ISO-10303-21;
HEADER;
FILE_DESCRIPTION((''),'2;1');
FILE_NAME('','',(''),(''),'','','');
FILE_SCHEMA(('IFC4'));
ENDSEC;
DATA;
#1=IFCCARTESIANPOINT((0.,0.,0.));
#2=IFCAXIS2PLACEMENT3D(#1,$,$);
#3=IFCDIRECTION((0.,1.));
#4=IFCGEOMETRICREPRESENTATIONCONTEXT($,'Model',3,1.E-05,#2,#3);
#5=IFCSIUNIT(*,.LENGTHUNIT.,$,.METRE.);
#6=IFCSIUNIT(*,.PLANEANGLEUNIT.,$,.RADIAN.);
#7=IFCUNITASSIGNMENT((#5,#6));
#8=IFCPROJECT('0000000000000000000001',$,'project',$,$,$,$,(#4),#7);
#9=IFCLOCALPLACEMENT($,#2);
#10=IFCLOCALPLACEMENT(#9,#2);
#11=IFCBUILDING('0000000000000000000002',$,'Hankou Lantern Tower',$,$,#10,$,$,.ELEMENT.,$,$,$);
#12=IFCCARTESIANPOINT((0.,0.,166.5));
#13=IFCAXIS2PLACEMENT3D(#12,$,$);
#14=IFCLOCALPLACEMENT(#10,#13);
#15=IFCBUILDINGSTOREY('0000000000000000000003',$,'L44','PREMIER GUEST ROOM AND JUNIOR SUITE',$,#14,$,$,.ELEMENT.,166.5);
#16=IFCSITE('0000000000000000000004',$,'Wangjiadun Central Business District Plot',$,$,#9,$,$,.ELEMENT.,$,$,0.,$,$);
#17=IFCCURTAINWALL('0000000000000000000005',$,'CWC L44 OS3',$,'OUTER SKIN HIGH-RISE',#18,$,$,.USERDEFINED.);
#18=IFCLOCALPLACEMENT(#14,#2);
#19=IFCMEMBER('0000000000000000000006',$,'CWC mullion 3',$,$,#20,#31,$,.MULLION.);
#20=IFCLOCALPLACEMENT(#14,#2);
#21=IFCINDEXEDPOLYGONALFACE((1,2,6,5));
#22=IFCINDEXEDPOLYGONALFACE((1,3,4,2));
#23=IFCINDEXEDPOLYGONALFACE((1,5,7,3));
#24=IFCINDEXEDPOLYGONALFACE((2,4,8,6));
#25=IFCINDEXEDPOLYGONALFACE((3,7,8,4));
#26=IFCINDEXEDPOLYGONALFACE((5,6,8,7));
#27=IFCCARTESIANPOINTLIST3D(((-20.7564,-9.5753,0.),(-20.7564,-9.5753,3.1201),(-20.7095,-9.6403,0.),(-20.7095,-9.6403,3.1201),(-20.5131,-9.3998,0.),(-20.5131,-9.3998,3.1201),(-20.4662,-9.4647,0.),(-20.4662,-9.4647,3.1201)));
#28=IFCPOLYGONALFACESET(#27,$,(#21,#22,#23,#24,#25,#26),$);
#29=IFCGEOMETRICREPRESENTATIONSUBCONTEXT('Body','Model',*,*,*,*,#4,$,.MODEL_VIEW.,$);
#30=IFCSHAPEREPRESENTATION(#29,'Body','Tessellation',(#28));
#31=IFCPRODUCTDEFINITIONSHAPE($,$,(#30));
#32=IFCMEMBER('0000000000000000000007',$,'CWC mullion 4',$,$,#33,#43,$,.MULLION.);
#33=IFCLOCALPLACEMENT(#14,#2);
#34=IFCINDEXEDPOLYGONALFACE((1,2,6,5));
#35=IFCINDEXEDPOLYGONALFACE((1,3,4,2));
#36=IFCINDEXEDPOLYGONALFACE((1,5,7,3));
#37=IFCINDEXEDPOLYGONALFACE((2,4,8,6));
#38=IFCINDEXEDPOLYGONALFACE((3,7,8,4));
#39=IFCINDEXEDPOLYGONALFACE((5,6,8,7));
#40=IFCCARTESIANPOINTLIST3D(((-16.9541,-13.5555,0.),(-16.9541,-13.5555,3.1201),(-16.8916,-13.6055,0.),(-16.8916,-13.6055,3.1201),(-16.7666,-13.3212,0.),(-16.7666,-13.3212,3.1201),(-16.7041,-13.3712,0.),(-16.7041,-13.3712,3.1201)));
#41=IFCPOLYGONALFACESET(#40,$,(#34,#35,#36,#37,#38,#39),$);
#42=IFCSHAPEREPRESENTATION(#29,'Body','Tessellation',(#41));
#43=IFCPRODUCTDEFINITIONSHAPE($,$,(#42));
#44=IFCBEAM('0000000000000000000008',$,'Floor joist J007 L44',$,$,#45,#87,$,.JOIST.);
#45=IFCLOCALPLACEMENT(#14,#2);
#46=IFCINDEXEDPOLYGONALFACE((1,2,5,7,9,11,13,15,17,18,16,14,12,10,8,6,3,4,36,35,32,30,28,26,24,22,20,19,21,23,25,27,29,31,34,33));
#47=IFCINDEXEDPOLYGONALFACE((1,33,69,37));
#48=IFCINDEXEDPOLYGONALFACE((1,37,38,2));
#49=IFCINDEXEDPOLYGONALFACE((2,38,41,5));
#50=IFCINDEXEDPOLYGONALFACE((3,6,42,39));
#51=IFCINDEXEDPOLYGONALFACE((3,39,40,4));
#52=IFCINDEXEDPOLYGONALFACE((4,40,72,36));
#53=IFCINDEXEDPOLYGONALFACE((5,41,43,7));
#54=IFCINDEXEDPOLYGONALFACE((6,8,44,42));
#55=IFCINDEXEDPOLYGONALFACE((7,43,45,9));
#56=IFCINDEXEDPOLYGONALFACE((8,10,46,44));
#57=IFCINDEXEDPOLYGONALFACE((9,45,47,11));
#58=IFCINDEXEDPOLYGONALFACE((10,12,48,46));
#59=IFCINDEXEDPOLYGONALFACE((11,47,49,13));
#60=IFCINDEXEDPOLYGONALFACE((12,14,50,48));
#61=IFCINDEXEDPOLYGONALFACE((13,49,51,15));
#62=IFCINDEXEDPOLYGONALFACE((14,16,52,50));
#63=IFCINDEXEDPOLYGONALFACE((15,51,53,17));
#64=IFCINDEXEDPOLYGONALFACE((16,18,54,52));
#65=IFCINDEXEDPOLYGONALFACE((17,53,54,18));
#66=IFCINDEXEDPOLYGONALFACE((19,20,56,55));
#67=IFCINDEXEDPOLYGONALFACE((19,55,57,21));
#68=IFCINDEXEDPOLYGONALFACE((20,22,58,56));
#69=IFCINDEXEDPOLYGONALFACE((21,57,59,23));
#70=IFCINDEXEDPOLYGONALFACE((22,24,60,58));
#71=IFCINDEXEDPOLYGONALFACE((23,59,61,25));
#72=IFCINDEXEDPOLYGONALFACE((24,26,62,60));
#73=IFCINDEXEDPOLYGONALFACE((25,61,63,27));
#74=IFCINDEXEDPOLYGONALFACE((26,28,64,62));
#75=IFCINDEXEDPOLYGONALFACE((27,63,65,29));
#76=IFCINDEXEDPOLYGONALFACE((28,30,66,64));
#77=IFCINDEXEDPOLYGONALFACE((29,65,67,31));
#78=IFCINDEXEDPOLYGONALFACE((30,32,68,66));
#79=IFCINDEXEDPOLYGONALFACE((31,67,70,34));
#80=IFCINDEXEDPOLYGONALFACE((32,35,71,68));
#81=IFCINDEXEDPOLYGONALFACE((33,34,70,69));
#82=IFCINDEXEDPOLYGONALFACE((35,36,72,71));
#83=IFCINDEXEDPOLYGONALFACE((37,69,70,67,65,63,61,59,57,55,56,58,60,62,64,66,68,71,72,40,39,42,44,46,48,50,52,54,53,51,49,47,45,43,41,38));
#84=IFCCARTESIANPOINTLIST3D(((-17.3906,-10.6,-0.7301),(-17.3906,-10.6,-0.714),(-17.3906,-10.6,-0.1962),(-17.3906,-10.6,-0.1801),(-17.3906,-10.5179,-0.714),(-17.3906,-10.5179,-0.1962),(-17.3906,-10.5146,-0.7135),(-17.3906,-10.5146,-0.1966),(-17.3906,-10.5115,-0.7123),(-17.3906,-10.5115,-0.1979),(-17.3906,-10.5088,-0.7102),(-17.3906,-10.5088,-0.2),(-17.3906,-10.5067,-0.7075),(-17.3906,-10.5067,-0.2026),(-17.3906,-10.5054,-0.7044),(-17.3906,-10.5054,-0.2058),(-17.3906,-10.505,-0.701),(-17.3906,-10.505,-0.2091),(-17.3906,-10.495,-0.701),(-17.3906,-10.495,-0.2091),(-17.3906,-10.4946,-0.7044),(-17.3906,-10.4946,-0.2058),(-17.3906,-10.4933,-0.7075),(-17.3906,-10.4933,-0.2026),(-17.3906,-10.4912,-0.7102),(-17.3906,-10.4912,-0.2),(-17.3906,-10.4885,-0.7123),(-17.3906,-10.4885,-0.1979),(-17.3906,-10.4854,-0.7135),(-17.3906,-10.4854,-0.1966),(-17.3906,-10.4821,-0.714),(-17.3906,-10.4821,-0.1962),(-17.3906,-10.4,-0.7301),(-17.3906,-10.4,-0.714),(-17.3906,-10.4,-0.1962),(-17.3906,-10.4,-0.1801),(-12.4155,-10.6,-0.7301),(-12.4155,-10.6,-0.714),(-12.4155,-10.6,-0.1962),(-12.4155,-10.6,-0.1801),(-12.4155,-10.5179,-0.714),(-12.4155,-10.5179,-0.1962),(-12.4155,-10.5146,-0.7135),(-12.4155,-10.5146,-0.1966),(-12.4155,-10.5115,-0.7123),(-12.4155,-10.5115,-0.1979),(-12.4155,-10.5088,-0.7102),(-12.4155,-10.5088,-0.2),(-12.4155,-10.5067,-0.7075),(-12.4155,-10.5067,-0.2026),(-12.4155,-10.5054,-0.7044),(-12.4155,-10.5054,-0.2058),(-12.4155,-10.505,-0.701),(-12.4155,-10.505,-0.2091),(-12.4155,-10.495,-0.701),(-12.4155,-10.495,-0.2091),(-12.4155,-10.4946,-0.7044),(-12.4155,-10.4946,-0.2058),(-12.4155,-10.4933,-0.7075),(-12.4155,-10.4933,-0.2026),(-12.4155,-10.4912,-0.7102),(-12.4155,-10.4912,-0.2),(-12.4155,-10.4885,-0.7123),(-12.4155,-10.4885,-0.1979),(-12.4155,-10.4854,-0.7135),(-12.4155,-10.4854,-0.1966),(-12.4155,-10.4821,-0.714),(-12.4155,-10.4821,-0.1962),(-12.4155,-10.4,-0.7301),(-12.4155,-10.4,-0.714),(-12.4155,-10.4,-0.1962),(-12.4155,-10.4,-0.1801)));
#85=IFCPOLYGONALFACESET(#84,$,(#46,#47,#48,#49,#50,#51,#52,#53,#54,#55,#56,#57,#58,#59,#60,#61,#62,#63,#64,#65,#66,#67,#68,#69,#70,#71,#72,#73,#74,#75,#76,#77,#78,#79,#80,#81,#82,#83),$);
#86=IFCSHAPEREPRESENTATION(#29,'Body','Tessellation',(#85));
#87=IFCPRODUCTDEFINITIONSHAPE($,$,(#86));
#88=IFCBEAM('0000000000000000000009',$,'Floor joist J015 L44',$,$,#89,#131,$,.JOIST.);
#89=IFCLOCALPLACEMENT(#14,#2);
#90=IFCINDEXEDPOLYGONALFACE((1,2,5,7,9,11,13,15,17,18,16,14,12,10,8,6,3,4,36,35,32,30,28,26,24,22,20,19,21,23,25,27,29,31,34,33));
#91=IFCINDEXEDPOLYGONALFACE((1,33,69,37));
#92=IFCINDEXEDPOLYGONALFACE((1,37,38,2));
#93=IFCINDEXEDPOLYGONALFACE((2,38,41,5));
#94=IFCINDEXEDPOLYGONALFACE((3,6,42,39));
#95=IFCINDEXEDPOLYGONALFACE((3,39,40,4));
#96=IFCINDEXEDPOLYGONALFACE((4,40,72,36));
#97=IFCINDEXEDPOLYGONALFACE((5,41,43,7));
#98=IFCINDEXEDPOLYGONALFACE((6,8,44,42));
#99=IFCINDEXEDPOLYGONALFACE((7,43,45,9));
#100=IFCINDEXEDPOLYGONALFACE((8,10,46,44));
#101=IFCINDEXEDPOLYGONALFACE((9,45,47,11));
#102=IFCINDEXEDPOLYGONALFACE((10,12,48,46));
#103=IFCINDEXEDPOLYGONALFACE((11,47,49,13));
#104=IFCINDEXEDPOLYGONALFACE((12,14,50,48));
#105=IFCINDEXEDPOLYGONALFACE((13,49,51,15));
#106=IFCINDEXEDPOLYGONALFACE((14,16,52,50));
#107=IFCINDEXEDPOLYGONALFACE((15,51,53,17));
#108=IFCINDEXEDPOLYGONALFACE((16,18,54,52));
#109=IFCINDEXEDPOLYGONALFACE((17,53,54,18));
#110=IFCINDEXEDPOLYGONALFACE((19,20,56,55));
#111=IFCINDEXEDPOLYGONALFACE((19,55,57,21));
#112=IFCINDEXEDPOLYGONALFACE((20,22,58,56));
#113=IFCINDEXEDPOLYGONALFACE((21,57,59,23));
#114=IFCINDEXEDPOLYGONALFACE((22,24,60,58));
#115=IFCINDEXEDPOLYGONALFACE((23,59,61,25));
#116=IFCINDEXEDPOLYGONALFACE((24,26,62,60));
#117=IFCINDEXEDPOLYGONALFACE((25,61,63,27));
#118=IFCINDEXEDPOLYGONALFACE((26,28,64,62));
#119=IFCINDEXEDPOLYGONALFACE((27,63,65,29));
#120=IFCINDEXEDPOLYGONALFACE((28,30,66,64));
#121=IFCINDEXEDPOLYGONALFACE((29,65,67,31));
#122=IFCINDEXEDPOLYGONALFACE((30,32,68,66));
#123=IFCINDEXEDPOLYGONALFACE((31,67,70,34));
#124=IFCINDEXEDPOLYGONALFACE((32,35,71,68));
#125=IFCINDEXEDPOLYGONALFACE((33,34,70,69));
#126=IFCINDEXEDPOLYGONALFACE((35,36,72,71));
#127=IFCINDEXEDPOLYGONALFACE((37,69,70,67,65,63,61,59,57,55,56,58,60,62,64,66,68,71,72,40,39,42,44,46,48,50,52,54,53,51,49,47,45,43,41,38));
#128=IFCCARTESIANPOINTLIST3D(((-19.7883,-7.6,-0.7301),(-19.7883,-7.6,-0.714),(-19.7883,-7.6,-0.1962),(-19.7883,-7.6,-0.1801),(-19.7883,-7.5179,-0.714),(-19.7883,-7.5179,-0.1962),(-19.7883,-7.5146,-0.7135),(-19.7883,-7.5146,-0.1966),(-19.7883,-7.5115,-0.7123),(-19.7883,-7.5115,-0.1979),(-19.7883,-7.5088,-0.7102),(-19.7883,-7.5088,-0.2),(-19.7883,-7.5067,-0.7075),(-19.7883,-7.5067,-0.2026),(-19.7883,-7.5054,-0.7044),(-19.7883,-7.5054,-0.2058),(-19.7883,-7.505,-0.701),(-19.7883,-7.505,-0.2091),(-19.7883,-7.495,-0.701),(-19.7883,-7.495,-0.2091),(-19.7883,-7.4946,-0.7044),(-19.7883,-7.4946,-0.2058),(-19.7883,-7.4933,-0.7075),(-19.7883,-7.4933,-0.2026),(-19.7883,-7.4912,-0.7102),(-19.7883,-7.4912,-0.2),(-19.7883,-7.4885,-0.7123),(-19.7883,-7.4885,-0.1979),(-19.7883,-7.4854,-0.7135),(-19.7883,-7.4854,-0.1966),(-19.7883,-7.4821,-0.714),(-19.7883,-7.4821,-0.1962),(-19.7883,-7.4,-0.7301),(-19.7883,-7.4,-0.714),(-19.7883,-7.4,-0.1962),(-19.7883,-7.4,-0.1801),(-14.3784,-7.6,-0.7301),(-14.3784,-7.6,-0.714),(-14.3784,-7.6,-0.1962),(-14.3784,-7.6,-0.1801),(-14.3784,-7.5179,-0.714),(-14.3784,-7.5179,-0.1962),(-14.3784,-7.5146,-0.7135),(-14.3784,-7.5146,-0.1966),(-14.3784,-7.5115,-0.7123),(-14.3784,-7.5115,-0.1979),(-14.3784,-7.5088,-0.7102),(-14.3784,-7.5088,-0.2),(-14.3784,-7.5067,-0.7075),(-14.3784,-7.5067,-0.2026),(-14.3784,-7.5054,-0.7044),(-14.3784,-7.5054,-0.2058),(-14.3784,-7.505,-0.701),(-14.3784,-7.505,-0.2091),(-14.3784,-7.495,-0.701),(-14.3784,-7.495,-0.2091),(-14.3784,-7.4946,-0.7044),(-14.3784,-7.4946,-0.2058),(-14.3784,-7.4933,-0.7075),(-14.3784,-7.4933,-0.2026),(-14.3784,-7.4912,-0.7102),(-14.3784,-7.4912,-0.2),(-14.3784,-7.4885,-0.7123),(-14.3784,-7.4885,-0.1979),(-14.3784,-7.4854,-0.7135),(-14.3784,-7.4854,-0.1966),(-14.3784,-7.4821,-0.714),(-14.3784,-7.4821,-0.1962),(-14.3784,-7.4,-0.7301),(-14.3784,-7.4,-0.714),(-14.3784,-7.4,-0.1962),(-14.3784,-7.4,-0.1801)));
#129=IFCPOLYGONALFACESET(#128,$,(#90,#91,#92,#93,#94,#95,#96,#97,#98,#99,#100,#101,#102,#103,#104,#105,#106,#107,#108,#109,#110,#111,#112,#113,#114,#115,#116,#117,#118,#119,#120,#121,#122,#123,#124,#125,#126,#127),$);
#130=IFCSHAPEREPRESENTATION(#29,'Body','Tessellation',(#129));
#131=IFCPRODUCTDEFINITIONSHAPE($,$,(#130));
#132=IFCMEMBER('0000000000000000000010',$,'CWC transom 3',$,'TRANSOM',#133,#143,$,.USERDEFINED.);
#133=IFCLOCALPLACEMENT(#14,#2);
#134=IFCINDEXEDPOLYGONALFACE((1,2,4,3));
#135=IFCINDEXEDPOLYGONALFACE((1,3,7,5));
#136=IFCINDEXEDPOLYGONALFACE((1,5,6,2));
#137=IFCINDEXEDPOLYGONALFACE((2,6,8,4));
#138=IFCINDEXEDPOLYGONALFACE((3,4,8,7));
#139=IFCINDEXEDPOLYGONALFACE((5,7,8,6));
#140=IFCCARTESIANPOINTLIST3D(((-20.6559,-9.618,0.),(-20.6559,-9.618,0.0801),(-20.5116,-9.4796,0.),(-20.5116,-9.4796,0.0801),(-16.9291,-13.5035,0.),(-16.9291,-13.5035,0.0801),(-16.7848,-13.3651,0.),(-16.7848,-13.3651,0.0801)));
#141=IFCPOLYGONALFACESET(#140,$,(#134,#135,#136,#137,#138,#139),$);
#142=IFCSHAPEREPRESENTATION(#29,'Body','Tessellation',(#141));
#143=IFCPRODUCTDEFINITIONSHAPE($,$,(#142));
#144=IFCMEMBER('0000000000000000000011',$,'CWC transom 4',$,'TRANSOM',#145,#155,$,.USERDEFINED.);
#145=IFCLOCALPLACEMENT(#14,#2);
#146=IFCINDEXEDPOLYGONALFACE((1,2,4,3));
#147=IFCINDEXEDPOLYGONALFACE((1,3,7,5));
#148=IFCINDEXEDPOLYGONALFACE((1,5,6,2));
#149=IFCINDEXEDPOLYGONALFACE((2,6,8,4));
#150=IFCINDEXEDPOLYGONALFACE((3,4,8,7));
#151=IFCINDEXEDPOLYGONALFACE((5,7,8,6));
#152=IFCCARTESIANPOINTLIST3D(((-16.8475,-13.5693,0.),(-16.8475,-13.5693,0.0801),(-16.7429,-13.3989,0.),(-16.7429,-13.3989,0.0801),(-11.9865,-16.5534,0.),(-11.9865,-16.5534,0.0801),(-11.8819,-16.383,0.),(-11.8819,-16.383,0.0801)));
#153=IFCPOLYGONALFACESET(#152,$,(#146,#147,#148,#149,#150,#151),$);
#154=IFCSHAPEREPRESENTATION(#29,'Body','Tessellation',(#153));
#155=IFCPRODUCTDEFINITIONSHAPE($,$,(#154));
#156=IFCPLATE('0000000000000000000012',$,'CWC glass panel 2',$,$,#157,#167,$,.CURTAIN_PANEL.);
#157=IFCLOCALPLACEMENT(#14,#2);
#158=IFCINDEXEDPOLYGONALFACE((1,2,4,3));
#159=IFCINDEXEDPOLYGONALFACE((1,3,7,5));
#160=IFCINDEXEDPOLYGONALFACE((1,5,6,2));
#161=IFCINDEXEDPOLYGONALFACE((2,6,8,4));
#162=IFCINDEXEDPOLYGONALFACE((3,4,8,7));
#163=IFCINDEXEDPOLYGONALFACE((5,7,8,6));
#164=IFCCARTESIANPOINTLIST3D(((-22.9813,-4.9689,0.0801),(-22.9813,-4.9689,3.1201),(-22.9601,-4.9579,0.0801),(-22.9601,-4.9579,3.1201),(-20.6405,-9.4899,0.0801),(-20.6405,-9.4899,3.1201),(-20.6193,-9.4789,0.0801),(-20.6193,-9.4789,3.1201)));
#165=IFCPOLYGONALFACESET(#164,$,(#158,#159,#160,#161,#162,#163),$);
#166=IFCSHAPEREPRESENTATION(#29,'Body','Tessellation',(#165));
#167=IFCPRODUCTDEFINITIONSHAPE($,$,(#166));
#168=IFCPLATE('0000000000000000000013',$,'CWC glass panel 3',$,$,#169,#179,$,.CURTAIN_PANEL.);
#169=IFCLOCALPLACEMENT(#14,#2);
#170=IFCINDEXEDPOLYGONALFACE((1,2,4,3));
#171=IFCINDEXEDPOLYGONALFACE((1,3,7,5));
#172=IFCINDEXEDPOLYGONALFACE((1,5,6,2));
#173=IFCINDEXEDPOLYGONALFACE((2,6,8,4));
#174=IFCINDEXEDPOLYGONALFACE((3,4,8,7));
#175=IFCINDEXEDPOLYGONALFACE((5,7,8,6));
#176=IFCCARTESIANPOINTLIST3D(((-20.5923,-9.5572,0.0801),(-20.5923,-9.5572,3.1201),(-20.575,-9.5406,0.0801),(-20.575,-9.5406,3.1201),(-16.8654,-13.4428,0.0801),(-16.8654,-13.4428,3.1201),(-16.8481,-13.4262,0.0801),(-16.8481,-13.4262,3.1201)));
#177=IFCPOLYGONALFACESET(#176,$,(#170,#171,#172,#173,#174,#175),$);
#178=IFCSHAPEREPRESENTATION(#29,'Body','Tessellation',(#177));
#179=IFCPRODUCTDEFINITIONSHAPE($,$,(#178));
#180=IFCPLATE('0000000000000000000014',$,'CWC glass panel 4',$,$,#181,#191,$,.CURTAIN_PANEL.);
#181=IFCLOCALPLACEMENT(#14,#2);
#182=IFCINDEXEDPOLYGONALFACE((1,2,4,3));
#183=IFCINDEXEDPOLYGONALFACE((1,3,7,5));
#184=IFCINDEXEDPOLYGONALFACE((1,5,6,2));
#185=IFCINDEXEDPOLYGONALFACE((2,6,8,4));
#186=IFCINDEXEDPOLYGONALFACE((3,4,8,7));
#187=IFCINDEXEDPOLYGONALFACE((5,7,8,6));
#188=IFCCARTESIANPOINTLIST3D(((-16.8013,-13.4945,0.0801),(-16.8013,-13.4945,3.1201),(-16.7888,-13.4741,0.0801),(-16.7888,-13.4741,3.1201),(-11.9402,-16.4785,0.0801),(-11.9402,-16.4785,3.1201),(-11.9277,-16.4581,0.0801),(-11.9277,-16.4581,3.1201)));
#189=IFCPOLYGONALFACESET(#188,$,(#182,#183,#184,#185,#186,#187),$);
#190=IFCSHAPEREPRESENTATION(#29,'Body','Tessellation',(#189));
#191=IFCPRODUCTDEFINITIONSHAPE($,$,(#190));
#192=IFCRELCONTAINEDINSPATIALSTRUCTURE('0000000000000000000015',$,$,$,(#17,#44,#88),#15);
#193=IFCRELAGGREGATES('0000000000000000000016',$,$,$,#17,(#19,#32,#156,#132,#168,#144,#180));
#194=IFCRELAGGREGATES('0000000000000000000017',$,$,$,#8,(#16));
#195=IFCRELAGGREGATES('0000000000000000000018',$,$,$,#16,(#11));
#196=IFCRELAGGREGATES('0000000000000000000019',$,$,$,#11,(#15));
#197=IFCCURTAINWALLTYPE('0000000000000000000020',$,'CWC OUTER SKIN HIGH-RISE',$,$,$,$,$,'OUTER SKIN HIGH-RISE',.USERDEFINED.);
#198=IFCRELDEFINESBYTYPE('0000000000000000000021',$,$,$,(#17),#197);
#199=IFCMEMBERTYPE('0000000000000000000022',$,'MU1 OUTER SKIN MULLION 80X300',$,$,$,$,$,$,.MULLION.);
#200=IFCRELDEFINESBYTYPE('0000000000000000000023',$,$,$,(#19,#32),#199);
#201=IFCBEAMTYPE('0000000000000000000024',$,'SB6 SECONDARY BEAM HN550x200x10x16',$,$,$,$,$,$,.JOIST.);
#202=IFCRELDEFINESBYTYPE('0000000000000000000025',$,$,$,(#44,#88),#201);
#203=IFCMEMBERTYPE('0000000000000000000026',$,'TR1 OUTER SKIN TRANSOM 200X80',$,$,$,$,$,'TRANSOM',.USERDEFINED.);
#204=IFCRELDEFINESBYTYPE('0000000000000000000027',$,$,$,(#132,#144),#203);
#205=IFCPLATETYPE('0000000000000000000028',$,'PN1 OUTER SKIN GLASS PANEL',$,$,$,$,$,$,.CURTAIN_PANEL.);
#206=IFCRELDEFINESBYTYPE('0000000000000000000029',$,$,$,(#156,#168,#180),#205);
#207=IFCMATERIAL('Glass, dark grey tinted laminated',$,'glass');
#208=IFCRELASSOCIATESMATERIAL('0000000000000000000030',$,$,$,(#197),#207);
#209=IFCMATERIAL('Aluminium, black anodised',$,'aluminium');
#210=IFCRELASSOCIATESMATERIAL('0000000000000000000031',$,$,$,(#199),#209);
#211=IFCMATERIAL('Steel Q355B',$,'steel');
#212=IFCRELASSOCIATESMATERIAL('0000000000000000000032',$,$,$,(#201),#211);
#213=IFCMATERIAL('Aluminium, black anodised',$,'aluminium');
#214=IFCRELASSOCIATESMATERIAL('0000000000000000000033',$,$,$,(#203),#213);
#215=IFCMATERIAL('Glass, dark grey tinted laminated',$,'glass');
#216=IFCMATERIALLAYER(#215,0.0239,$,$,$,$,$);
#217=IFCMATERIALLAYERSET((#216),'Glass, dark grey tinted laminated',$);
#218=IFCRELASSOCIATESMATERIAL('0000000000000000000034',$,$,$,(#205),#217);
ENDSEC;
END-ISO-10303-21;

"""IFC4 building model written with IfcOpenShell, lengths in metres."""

from ifc_helpers import new_model, si_unit, direction, frame, origin, origin_2d, place, context, subcontext, project, spatial, rectangle, i_section, extrude, material, layer, layer_set, material_profile, profile_set, type_object, element, aggregate, save


model = new_model("IFC4")

# Units and contexts
model_context = context("Model", 3, precision=1e-05, world=origin(), true_north=direction((0.0, 1.0)))
body_context = subcontext(model_context, "Body", "Model", "MODEL_VIEW")
ifc_project = project(units=[si_unit("LENGTHUNIT", "METRE"), si_unit("PLANEANGLEUNIT", "RADIAN")], contexts=[model_context])

# Site, building, storey
site_placement = place(None, origin())
site = spatial("IfcSite", under=ifc_project, at=site_placement, Name="Wangjiadun Central Business District Plot", CompositionType="ELEMENT", RefElevation=0.0)
building_placement = place(site_placement, origin())
building = spatial("IfcBuilding", under=site, at=building_placement, Name="Hankou Lantern Tower", CompositionType="ELEMENT")
storey_placement = place(building_placement, frame((0.0, 0.0, 166.5)))
storey = spatial("IfcBuildingStorey", under=building, at=storey_placement, Name="L44", Description="PREMIER GUEST ROOM AND JUNIOR SUITE", CompositionType="ELEMENT", Elevation=166.5)

# Curtain wall, members
ifc_material_1 = material(Name="Glass, dark grey tinted laminated", Category="glass")
curtain_wall_type = type_object("IfcCurtainWallType", Name="CWC OUTER SKIN HIGH-RISE", ElementType="OUTER SKIN HIGH-RISE", PredefinedType="USERDEFINED", material=ifc_material_1)
curtain_wall_placement = place(storey_placement, origin())
curtain_wall = element("IfcCurtainWall", 1, at=curtain_wall_placement, inside=storey, type_object=curtain_wall_type, Name="CWC L44 OS3", ObjectType="OUTER SKIN HIGH-RISE", PredefinedType="USERDEFINED")
ifc_material_2 = material(Name="Aluminium, black anodised", Category="aluminium")
ifc_material_profile_1 = material_profile(ifc_material_2, rectangle(XDim=0.0801, YDim=0.3, at=origin_2d()), Name="MU1 80X300")
ifc_profile_set_1 = profile_set([ifc_material_profile_1], Name="Aluminium, black anodised")
member_type_1 = type_object("IfcMemberType", Name="MU1 OUTER SKIN MULLION 80X300", PredefinedType="MULLION", material=ifc_profile_set_1)
member_1_placement = place(storey_placement, frame((-20.6113, -9.52, 0.0), z_axis=(0.0, 0.0, 1.0), x_axis=(0.585206, -0.810885, 0.0)))
member_1 = element("IfcMember", 2, at=member_1_placement, type_object=member_type_1, Name="CWC mullion 3", PredefinedType="MULLION", context=body_context, shape_type="SweptSolid", body=[
    extrude(rectangle(XDim=0.0801, YDim=0.3, at=origin_2d()), origin(), (0.0, 0.0, 1.0), 3.1201),
])
member_2_placement = place(storey_placement, frame((-16.8291, -13.4634, 0.0), z_axis=(0.0, 0.0, 1.0), x_axis=(0.780869, -0.624695, 0.0)))
member_2 = element("IfcMember", 3, at=member_2_placement, type_object=member_type_1, Name="CWC mullion 4", PredefinedType="MULLION", context=body_context, shape_type="SweptSolid", body=[
    extrude(rectangle(XDim=0.0801, YDim=0.3, at=origin_2d()), origin(), (0.0, 0.0, 1.0), 3.1201),
])

# Beams
ifc_material_3 = material(Name="Steel Q355B", Category="steel")
ifc_material_profile_2 = material_profile(ifc_material_3, i_section(OverallWidth=0.2, OverallDepth=0.55, WebThickness=0.01, FlangeThickness=0.0161, FilletRadius=0.0129, at=origin_2d()), Name="HN550x200x10x16")
ifc_profile_set_2 = profile_set([ifc_material_profile_2], Name="Steel Q355B")
beam_type_1 = type_object("IfcBeamType", Name="SB6 SECONDARY BEAM HN550x200x10x16", PredefinedType="JOIST", material=ifc_profile_set_2)
beam_1_placement = place(storey_placement, frame((-17.3906, -10.5, -0.4551), z_axis=(1.0, 0.0, 0.0), x_axis=(0.0, 1.0, 0.0)))
element("IfcBeam", 4, at=beam_1_placement, inside=storey, type_object=beam_type_1, Name="Floor joist J007 L44", PredefinedType="JOIST", context=body_context, shape_type="SweptSolid", body=[
    extrude(i_section(OverallWidth=0.2, OverallDepth=0.55, WebThickness=0.01, FlangeThickness=0.0161, FilletRadius=0.0129, at=origin_2d()), origin(), (0.0, 0.0, 1.0), 4.9751),
])
beam_2_placement = place(storey_placement, frame((-19.7883, -7.5, -0.4551), z_axis=(1.0, 0.0, 0.0), x_axis=(0.0, 1.0, 0.0)))
element("IfcBeam", 5, at=beam_2_placement, inside=storey, type_object=beam_type_1, Name="Floor joist J015 L44", PredefinedType="JOIST", context=body_context, shape_type="SweptSolid", body=[
    extrude(i_section(OverallWidth=0.2, OverallDepth=0.55, WebThickness=0.01, FlangeThickness=0.0161, FilletRadius=0.0129, at=origin_2d()), origin(), (0.0, 0.0, 1.0), 5.4099),
])

# Members
ifc_material_4 = material(Name="Aluminium, black anodised", Category="aluminium")
ifc_material_profile_3 = material_profile(ifc_material_4, rectangle(XDim=0.2, YDim=0.0801, at=origin_2d()), Name="TR1 200X80")
ifc_profile_set_3 = profile_set([ifc_material_profile_3], Name="Aluminium, black anodised")
member_type_2 = type_object("IfcMemberType", Name="TR1 OUTER SKIN TRANSOM 200X80", ElementType="TRANSOM", PredefinedType="USERDEFINED", material=ifc_profile_set_3)
member_3_placement = place(storey_placement, frame((-20.5837, -9.5488, 0.04), z_axis=(0.692216, -0.721691, 0.0), x_axis=(0.721691, 0.692216, 0.0)))
member_3 = element("IfcMember", 6, at=member_3_placement, type_object=member_type_2, Name="CWC transom 3", ObjectType="TRANSOM", PredefinedType="USERDEFINED", context=body_context, shape_type="SweptSolid", body=[
    extrude(rectangle(XDim=0.2, YDim=0.0801, at=origin_2d()), origin(), (0.0, 0.0, 1.0), 5.3838),
])
member_4_placement = place(storey_placement, frame((-16.7952, -13.4841, 0.04), z_axis=(0.852229, -0.523168, 0.0), x_axis=(0.523168, 0.852229, 0.0)))
member_4 = element("IfcMember", 7, at=member_4_placement, type_object=member_type_2, Name="CWC transom 4", ObjectType="TRANSOM", PredefinedType="USERDEFINED", context=body_context, shape_type="SweptSolid", body=[
    extrude(rectangle(XDim=0.2, YDim=0.0801, at=origin_2d()), origin(), (0.0, 0.0, 1.0), 5.7039),
])

# Plates
ifc_material_5 = material(Name="Glass, dark grey tinted laminated", Category="glass")
ifc_layer_1 = layer(ifc_material_5, 0.0239)
ifc_layer_set_1 = layer_set([ifc_layer_1], Name="Glass, dark grey tinted laminated")
plate_type = type_object("IfcPlateType", Name="PN1 OUTER SKIN GLASS PANEL", PredefinedType="CURTAIN_PANEL", material=ifc_layer_set_1)
plate_1_placement = place(storey_placement, frame((-21.8003, -7.2239, 0.0801), z_axis=(0.0, 0.0, 1.0), x_axis=(0.459791, -0.888027, 0.0)))
plate_1 = element("IfcPlate", 8, at=plate_1_placement, type_object=plate_type, Name="CWC glass panel 2", PredefinedType="CURTAIN_PANEL", context=body_context, shape_type="SweptSolid", body=[
    extrude(rectangle(XDim=5.0911, YDim=0.0239, at=origin_2d()), origin(), (0.0, 0.0, 1.0), 3.04),
])
plate_2_placement = place(storey_placement, frame((-18.7202, -11.4917, 0.0801), z_axis=(0.0, 0.0, 1.0), x_axis=(0.692216, -0.721691, 0.0)))
plate_2 = element("IfcPlate", 9, at=plate_2_placement, type_object=plate_type, Name="CWC glass panel 3", PredefinedType="CURTAIN_PANEL", context=body_context, shape_type="SweptSolid", body=[
    extrude(rectangle(XDim=5.384, YDim=0.0239, at=origin_2d()), origin(), (0.0, 0.0, 1.0), 3.04),
])
plate_3_placement = place(storey_placement, frame((-14.3645, -14.9763, 0.0801), z_axis=(0.0, 0.0, 1.0), x_axis=(0.852237, -0.523156, 0.0)))
plate_3 = element("IfcPlate", 10, at=plate_3_placement, type_object=plate_type, Name="CWC glass panel 4", PredefinedType="CURTAIN_PANEL", context=body_context, shape_type="SweptSolid", body=[
    extrude(rectangle(XDim=5.7039, YDim=0.0239, at=origin_2d()), origin(), (0.0, 0.0, 1.0), 3.04),
])
aggregate(curtain_wall, [member_1, member_2, plate_1, member_3, plate_2, member_4, plate_3])

save(model, "model.ifc")
